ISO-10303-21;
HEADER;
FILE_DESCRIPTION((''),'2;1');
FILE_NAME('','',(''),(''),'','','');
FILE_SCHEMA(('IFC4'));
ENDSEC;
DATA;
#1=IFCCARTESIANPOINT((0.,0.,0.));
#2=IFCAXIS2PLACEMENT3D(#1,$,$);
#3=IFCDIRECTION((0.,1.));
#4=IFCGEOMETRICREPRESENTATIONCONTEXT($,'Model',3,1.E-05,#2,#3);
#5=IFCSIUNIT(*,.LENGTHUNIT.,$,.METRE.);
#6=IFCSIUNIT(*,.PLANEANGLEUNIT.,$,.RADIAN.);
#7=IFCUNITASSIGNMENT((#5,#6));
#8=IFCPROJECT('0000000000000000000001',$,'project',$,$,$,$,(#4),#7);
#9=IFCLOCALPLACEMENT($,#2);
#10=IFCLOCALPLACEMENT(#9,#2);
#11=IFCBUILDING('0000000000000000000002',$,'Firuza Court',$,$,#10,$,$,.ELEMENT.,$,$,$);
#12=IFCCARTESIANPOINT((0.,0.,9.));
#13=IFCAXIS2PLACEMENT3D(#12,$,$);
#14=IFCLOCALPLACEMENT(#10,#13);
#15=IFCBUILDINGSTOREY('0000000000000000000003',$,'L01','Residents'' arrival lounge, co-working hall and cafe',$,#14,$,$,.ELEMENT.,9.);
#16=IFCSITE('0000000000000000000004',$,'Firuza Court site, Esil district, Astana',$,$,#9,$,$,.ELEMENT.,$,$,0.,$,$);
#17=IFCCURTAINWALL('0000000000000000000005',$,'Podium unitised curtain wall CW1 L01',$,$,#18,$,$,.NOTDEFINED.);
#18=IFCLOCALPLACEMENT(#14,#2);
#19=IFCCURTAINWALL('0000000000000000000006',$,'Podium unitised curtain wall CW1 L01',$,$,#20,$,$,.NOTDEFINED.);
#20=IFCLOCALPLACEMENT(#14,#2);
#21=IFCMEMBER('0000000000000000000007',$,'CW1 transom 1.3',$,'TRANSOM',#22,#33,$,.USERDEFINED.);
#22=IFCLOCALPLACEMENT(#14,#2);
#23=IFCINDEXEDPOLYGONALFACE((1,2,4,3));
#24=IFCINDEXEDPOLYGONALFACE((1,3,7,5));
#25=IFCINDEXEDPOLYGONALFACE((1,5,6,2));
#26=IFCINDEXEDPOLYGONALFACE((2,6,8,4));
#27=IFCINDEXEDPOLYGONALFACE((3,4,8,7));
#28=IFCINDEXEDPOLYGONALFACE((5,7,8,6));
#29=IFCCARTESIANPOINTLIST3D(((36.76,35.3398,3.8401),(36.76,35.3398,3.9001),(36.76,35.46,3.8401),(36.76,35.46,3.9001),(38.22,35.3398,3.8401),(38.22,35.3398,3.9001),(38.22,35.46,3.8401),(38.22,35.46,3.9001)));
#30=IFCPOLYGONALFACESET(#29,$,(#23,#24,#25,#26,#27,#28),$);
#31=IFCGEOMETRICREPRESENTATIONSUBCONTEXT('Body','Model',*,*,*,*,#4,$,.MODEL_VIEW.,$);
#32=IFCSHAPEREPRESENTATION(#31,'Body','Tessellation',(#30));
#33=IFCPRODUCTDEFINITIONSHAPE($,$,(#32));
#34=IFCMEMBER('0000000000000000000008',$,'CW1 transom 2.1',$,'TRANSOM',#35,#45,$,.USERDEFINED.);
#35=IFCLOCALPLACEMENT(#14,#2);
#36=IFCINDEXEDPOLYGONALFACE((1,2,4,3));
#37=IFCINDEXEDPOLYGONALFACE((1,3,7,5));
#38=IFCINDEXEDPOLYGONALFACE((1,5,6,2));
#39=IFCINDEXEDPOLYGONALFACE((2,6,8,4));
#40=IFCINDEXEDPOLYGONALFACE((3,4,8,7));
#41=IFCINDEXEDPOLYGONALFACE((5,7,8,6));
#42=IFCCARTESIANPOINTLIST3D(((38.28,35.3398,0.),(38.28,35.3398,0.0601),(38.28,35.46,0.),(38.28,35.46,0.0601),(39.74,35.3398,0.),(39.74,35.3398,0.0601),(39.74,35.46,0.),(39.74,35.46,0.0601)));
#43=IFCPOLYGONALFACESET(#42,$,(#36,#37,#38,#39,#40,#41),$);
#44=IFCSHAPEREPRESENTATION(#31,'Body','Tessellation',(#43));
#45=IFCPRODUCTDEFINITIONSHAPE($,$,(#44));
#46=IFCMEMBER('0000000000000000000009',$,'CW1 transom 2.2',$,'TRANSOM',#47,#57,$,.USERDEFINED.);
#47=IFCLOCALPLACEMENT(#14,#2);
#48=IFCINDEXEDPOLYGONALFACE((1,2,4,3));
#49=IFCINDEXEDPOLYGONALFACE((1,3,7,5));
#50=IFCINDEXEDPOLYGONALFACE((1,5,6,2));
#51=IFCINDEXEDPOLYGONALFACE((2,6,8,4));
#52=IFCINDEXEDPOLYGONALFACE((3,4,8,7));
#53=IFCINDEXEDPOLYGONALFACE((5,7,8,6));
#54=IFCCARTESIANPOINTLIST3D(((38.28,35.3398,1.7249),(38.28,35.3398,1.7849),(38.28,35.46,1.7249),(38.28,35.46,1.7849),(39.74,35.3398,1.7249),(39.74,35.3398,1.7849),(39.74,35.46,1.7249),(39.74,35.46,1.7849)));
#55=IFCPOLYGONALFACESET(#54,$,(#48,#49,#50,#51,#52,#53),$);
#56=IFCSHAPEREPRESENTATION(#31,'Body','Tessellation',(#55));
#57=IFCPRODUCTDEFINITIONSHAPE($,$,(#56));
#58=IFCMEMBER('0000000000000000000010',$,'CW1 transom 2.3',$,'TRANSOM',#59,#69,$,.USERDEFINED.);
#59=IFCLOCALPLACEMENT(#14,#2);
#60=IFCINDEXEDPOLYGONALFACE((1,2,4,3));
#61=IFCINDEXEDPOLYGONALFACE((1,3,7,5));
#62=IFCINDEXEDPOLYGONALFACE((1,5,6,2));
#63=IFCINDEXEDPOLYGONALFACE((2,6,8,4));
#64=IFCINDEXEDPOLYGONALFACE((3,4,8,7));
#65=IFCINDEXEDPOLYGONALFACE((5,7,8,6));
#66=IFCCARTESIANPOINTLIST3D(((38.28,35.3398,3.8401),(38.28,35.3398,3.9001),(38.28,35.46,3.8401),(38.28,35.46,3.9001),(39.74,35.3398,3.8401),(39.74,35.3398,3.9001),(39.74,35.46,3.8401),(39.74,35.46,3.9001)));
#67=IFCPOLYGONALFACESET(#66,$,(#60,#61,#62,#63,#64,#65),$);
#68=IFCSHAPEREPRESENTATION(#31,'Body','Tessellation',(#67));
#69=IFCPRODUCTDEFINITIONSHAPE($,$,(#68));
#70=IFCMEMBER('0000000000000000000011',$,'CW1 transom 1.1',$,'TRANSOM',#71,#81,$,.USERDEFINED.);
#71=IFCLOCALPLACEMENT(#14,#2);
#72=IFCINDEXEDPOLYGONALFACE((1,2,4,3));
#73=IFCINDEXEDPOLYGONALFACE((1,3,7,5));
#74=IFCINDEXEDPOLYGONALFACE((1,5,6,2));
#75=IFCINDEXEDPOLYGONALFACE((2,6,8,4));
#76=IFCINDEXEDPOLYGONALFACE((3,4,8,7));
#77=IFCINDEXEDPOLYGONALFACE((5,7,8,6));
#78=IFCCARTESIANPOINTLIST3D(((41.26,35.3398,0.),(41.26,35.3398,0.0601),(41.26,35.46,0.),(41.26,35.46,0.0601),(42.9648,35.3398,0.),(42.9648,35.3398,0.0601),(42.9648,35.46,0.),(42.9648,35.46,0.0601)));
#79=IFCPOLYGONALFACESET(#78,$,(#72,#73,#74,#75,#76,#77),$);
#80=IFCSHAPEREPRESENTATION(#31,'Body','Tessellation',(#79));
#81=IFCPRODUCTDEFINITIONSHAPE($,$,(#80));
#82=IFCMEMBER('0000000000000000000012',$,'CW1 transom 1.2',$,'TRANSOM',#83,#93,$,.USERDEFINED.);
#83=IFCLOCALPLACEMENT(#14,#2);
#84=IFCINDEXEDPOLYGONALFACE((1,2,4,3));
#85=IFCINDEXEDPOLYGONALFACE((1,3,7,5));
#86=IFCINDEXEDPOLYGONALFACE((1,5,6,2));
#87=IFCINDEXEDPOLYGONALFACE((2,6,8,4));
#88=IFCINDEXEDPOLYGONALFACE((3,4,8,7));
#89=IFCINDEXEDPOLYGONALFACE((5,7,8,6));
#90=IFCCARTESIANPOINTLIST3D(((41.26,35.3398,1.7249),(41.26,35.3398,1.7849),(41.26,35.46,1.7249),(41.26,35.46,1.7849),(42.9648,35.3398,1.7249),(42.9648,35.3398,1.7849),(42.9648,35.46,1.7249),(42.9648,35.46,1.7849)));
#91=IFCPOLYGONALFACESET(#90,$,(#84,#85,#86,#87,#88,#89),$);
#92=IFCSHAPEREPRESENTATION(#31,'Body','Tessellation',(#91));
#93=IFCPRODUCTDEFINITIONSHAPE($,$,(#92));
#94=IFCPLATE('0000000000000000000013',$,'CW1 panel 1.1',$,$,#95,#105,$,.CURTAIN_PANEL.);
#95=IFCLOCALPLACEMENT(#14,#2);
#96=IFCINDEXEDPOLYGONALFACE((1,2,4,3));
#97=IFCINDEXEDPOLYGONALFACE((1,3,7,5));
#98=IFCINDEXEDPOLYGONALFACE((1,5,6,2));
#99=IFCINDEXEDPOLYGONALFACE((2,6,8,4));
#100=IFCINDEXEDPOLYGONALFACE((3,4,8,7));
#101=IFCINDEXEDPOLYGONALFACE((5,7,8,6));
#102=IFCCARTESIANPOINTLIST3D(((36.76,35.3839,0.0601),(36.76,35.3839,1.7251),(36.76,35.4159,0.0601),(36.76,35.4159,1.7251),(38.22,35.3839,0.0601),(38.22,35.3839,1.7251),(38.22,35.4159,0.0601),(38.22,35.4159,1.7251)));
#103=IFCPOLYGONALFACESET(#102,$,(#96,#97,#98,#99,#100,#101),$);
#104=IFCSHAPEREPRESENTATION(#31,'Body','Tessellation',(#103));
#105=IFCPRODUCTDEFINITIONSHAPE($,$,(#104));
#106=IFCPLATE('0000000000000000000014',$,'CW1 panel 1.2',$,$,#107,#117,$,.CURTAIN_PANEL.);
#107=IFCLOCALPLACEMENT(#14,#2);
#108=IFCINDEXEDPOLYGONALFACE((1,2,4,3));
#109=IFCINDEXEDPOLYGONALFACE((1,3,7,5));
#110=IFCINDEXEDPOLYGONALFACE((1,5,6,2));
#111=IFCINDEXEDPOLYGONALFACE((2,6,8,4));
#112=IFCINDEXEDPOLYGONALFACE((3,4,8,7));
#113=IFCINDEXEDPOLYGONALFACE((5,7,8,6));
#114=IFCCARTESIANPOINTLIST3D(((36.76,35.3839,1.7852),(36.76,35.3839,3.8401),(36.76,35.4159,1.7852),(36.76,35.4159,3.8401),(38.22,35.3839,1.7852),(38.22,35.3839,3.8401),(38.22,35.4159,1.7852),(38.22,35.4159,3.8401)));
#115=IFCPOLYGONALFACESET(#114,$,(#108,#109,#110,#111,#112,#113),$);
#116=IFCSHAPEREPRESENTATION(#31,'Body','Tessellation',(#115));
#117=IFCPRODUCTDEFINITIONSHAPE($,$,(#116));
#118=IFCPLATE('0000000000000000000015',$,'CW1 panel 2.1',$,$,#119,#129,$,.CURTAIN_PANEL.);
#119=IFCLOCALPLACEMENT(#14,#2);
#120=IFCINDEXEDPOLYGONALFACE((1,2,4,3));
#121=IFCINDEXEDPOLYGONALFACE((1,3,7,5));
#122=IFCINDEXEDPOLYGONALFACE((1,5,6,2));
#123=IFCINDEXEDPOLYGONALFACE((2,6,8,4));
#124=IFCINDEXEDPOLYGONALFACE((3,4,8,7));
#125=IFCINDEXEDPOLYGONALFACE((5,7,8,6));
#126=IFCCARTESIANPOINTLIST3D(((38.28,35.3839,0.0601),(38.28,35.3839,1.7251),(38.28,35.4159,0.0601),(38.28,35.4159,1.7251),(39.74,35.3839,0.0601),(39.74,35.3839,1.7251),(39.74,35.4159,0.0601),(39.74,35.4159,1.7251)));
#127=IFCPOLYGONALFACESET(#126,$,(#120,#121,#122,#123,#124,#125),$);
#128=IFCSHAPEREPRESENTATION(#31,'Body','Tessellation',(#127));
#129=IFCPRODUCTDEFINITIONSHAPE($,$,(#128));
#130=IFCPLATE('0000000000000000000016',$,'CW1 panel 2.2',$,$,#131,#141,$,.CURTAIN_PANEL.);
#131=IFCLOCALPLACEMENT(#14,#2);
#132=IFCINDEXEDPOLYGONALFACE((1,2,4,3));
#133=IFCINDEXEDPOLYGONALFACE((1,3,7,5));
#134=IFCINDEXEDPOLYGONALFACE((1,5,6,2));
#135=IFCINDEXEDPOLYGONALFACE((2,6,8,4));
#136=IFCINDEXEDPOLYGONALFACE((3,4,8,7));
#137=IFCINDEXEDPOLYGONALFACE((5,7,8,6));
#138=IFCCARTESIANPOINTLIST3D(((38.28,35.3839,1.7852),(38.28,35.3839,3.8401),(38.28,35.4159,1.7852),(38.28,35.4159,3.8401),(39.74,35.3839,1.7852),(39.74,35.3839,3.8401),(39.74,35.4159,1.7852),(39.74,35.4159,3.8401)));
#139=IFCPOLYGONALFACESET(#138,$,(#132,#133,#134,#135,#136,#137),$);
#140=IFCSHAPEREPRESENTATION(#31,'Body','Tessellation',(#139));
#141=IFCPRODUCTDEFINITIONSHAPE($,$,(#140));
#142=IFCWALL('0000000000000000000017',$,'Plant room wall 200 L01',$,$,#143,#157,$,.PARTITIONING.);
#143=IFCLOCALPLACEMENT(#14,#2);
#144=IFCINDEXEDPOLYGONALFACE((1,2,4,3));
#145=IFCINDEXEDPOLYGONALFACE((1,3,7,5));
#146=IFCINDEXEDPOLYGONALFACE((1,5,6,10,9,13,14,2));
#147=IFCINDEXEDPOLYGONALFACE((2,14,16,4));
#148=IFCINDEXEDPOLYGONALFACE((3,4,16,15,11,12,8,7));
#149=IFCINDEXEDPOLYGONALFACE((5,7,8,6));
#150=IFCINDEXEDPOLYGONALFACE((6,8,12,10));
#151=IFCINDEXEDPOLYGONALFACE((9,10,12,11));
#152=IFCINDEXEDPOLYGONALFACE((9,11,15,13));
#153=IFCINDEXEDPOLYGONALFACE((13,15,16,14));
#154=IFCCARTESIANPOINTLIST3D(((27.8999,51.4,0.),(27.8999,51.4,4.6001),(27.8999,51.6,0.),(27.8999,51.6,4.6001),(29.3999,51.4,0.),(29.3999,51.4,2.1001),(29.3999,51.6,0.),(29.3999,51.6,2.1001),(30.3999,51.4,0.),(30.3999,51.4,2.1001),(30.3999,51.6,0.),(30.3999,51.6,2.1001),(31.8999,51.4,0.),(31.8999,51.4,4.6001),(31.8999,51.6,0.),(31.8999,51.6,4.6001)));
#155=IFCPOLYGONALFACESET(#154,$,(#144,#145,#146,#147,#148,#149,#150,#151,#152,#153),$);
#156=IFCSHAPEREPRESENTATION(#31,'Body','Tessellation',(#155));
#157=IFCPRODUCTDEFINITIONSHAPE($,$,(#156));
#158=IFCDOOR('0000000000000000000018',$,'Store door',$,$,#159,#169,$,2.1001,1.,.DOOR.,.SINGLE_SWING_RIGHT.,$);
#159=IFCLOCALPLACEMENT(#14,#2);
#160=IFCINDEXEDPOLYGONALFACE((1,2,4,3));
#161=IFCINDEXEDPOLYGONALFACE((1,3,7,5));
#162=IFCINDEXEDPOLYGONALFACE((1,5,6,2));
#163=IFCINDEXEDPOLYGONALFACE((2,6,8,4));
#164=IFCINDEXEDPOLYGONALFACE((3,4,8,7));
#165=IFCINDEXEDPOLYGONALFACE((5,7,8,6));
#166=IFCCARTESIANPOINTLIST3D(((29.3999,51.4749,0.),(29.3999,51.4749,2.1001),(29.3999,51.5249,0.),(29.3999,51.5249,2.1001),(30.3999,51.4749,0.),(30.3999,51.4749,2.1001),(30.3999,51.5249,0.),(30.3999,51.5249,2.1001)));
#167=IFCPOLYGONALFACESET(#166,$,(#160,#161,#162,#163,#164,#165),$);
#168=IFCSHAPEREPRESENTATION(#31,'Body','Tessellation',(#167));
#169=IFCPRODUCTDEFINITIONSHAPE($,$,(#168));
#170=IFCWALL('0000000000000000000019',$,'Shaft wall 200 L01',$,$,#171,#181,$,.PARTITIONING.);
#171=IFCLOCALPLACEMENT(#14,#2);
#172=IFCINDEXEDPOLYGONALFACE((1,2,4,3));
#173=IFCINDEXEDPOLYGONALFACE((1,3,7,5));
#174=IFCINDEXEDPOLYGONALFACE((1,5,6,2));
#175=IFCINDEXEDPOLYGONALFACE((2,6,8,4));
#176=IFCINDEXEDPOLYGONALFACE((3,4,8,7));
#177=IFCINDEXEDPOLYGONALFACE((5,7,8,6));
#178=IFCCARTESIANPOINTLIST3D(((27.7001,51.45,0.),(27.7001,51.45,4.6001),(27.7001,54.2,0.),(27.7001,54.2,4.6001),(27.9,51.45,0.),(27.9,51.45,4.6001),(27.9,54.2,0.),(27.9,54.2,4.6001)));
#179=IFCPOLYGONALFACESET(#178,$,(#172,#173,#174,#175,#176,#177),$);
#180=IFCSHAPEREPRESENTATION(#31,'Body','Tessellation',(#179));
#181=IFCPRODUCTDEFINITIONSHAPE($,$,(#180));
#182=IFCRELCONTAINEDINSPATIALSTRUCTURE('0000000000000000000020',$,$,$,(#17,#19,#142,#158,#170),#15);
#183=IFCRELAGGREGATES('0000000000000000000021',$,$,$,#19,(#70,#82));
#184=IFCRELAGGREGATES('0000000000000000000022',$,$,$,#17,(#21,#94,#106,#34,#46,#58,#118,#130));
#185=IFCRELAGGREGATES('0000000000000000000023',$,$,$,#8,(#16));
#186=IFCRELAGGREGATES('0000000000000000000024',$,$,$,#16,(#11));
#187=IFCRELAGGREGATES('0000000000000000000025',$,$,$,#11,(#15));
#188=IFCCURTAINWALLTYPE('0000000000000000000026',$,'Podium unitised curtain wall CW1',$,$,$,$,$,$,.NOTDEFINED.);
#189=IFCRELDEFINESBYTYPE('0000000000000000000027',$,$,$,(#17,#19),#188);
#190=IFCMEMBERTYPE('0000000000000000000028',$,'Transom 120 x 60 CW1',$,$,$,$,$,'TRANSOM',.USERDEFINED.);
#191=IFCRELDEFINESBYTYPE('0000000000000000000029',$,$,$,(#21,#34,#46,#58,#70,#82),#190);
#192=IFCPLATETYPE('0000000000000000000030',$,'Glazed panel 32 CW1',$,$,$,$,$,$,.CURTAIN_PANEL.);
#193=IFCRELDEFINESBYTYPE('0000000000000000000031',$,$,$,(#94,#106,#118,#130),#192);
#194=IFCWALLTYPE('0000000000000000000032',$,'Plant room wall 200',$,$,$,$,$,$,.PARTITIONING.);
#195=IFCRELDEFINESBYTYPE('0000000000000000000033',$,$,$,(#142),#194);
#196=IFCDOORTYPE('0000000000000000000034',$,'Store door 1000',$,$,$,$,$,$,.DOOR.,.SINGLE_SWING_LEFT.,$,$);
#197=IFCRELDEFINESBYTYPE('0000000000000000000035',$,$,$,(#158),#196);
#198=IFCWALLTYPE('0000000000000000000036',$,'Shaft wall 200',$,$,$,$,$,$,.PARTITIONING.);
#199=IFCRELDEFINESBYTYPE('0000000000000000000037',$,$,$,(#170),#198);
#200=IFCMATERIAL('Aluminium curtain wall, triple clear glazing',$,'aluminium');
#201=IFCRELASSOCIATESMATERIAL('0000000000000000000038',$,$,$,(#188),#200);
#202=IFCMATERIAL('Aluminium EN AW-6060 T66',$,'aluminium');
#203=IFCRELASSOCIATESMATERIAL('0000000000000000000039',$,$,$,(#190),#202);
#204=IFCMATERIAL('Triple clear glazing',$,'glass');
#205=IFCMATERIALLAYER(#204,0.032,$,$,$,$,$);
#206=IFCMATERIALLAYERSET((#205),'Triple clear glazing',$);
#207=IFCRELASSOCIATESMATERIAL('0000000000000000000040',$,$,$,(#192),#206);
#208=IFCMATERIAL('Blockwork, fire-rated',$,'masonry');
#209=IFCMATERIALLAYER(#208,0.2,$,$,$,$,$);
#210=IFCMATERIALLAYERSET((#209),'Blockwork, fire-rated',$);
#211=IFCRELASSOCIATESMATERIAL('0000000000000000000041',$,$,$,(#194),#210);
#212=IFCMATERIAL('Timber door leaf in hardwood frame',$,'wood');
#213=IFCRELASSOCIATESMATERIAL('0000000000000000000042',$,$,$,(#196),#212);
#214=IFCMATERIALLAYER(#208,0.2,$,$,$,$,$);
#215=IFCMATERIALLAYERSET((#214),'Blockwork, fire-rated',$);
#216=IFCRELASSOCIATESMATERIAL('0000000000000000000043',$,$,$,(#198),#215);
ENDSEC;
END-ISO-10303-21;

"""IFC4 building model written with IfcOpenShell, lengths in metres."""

from ifc_helpers import new_model, si_unit, direction, frame, frame_2d, origin, origin_2d, place, context, subcontext, project, spatial, rectangle, extrude, material, layer, layer_set, material_profile, profile_set, type_object, element, fill, aggregate, save


model = new_model("IFC4")

# Units and contexts
model_context = context("Model", 3, precision=1e-05, world=origin(), true_north=direction((0.0, 1.0)))
body_context = subcontext(model_context, "Body", "Model", "MODEL_VIEW")
ifc_project = project(units=[si_unit("LENGTHUNIT", "METRE"), si_unit("PLANEANGLEUNIT", "RADIAN")], contexts=[model_context])

# Site, building, storey
site_placement = place(None, origin())
site = spatial("IfcSite", under=ifc_project, at=site_placement, Name="Firuza Court site, Esil district, Astana", CompositionType="ELEMENT", RefElevation=0.0)
building_placement = place(site_placement, origin())
building = spatial("IfcBuilding", under=site, at=building_placement, Name="Firuza Court", CompositionType="ELEMENT")
storey_placement = place(building_placement, frame((0.0, 0.0, 9.0)))
storey = spatial("IfcBuildingStorey", under=building, at=storey_placement, Name="L01", Description="Residents' arrival lounge, co-working hall and cafe", CompositionType="ELEMENT", Elevation=9.0)

# Curtain wall
ifc_material_1 = material(Name="Aluminium curtain wall, triple clear glazing", Category="aluminium")
curtain_wall_type = type_object("IfcCurtainWallType", Name="Podium unitised curtain wall CW1", PredefinedType="NOTDEFINED", material=ifc_material_1)
curtain_wall_1_placement = place(storey_placement, origin())
curtain_wall_1 = element("IfcCurtainWall", 1, at=curtain_wall_1_placement, inside=storey, type_object=curtain_wall_type, Name="Podium unitised curtain wall CW1 L01", PredefinedType="NOTDEFINED")

# Curtain wall
curtain_wall_2_placement = place(storey_placement, origin())
curtain_wall_2 = element("IfcCurtainWall", 2, at=curtain_wall_2_placement, inside=storey, type_object=curtain_wall_type, Name="Podium unitised curtain wall CW1 L01", PredefinedType="NOTDEFINED")

# Members
ifc_material_2 = material(Name="Aluminium EN AW-6060 T66", Category="aluminium")
ifc_material_profile_1 = material_profile(ifc_material_2, rectangle(XDim=0.1201, YDim=0.0601, at=origin_2d()), Name="Transom 120 x 60 CW1")
ifc_profile_set_1 = profile_set([ifc_material_profile_1], Name="Aluminium EN AW-6060 T66")
member_type_1 = type_object("IfcMemberType", Name="Transom 120 x 60 CW1", ElementType="TRANSOM", PredefinedType="USERDEFINED", material=ifc_profile_set_1)
member_1_placement = place(storey_placement, frame((36.76, 35.3999, 3.8701), z_axis=(1.0, 0.0, 0.0), x_axis=(0.0, 1.0, 0.0)))
member_1 = element("IfcMember", 3, at=member_1_placement, type_object=member_type_1, Name="CW1 transom 1.3", ObjectType="TRANSOM", PredefinedType="USERDEFINED", context=body_context, shape_type="SweptSolid", body=[
    extrude(rectangle(XDim=0.1201, YDim=0.0601, at=origin_2d()), origin(), (0.0, 0.0, 1.0), 1.46),
])
member_2_placement = place(storey_placement, frame((38.28, 35.3999, 0.03), z_axis=(1.0, 0.0, 0.0), x_axis=(0.0, 1.0, 0.0)))
member_2 = element("IfcMember", 4, at=member_2_placement, type_object=member_type_1, Name="CW1 transom 2.1", ObjectType="TRANSOM", PredefinedType="USERDEFINED", context=body_context, shape_type="SweptSolid", body=[
    extrude(rectangle(XDim=0.1201, YDim=0.0601, at=origin_2d()), origin(), (0.0, 0.0, 1.0), 1.46),
])
member_3_placement = place(storey_placement, frame((38.28, 35.3999, 1.7549), z_axis=(1.0, 0.0, 0.0), x_axis=(0.0, 1.0, 0.0)))
member_3 = element("IfcMember", 5, at=member_3_placement, type_object=member_type_1, Name="CW1 transom 2.2", ObjectType="TRANSOM", PredefinedType="USERDEFINED", context=body_context, shape_type="SweptSolid", body=[
    extrude(rectangle(XDim=0.1201, YDim=0.0601, at=origin_2d()), origin(), (0.0, 0.0, 1.0), 1.46),
])
member_4_placement = place(storey_placement, frame((38.28, 35.3999, 3.8701), z_axis=(1.0, 0.0, 0.0), x_axis=(0.0, 1.0, 0.0)))
member_4 = element("IfcMember", 6, at=member_4_placement, type_object=member_type_1, Name="CW1 transom 2.3", ObjectType="TRANSOM", PredefinedType="USERDEFINED", context=body_context, shape_type="SweptSolid", body=[
    extrude(rectangle(XDim=0.1201, YDim=0.0601, at=origin_2d()), origin(), (0.0, 0.0, 1.0), 1.46),
])
member_5_placement = place(storey_placement, frame((41.26, 35.3999, 0.03), z_axis=(1.0, 0.0, 0.0), x_axis=(0.0, 1.0, 0.0)))
member_5 = element("IfcMember", 7, at=member_5_placement, type_object=member_type_1, Name="CW1 transom 1.1", ObjectType="TRANSOM", PredefinedType="USERDEFINED", context=body_context, shape_type="SweptSolid", body=[
    extrude(rectangle(XDim=0.1201, YDim=0.0601, at=origin_2d()), origin(), (0.0, 0.0, 1.0), 1.7048),
])
member_6_placement = place(storey_placement, frame((41.26, 35.3999, 1.7549), z_axis=(1.0, 0.0, 0.0), x_axis=(0.0, 1.0, 0.0)))
member_6 = element("IfcMember", 8, at=member_6_placement, type_object=member_type_1, Name="CW1 transom 1.2", ObjectType="TRANSOM", PredefinedType="USERDEFINED", context=body_context, shape_type="SweptSolid", body=[
    extrude(rectangle(XDim=0.1201, YDim=0.0601, at=origin_2d()), origin(), (0.0, 0.0, 1.0), 1.7048),
])
aggregate(curtain_wall_2, [member_5, member_6])

# Plates
ifc_material_3 = material(Name="Triple clear glazing", Category="glass")
ifc_layer_1 = layer(ifc_material_3, 0.032)
ifc_layer_set_1 = layer_set([ifc_layer_1], Name="Triple clear glazing")
plate_type = type_object("IfcPlateType", Name="Glazed panel 32 CW1", PredefinedType="CURTAIN_PANEL", material=ifc_layer_set_1)
plate_1_placement = place(storey_placement, frame((37.49, 35.3999, 0.0601), z_axis=(0.0, 0.0, 1.0), x_axis=(1.0, 0.0, 0.0)))
plate_1 = element("IfcPlate", 9, at=plate_1_placement, type_object=plate_type, Name="CW1 panel 1.1", PredefinedType="CURTAIN_PANEL", context=body_context, shape_type="SweptSolid", body=[
    extrude(rectangle(XDim=1.46, YDim=0.032, at=origin_2d()), origin(), (0.0, 0.0, 1.0), 1.665),
])
plate_2_placement = place(storey_placement, frame((37.49, 35.3999, 1.7852), z_axis=(0.0, 0.0, 1.0), x_axis=(1.0, 0.0, 0.0)))
plate_2 = element("IfcPlate", 10, at=plate_2_placement, type_object=plate_type, Name="CW1 panel 1.2", PredefinedType="CURTAIN_PANEL", context=body_context, shape_type="SweptSolid", body=[
    extrude(rectangle(XDim=1.46, YDim=0.032, at=origin_2d()), origin(), (0.0, 0.0, 1.0), 2.0549),
])
plate_3_placement = place(storey_placement, frame((39.01, 35.3999, 0.0601), z_axis=(0.0, 0.0, 1.0), x_axis=(1.0, 0.0, 0.0)))
plate_3 = element("IfcPlate", 11, at=plate_3_placement, type_object=plate_type, Name="CW1 panel 2.1", PredefinedType="CURTAIN_PANEL", context=body_context, shape_type="SweptSolid", body=[
    extrude(rectangle(XDim=1.46, YDim=0.032, at=origin_2d()), origin(), (0.0, 0.0, 1.0), 1.665),
])
plate_4_placement = place(storey_placement, frame((39.01, 35.3999, 1.7852), z_axis=(0.0, 0.0, 1.0), x_axis=(1.0, 0.0, 0.0)))
plate_4 = element("IfcPlate", 12, at=plate_4_placement, type_object=plate_type, Name="CW1 panel 2.2", PredefinedType="CURTAIN_PANEL", context=body_context, shape_type="SweptSolid", body=[
    extrude(rectangle(XDim=1.46, YDim=0.032, at=origin_2d()), origin(), (0.0, 0.0, 1.0), 2.0549),
])
aggregate(curtain_wall_1, [member_1, plate_1, plate_2, member_2, member_3, member_4, plate_3, plate_4])

# Wall, opening, door
ifc_material_4 = material(Name="Blockwork, fire-rated", Category="masonry")
ifc_layer_2 = layer(ifc_material_4, 0.2)
ifc_layer_set_2 = layer_set([ifc_layer_2], Name="Blockwork, fire-rated")
wall_type_1 = type_object("IfcWallType", Name="Plant room wall 200", PredefinedType="PARTITIONING", material=ifc_layer_set_2)
wall_1_placement = place(storey_placement, frame((31.8999, 51.5, 0.0), z_axis=(0.0, 0.0, 1.0), x_axis=(-1.0, 0.0, 0.0)))
wall_1 = element("IfcWall", 13, at=wall_1_placement, inside=storey, type_object=wall_type_1, Name="Plant room wall 200 L01", PredefinedType="PARTITIONING", context=body_context, shape_type="SweptSolid", body=[
    extrude(rectangle(XDim=4.0, YDim=0.2, at=frame_2d((2.0, 0.0))), origin(), (0.0, 0.0, 1.0), 4.6001),
])
opening_placement = place(wall_1_placement, frame((1.5, 0.0, 0.0)))
opening = element("IfcOpeningElement", 14, at=opening_placement, cuts=wall_1, PredefinedType="OPENING", context=body_context, shape_type="SweptSolid", body=[
    extrude(rectangle(XDim=1.0, YDim=2.1001, at=frame_2d((0.5, 1.05))), frame((0.0, 0.1118, 0.0), z_axis=(0.0, -1.0, 0.0), x_axis=(1.0, 0.0, 0.0)), (0.0, 0.0, 1.0), 0.2239),
])
ifc_material_5 = material(Name="Timber door leaf in hardwood frame", Category="wood")
door_type = type_object("IfcDoorType", Name="Store door 1000", OperationType="SINGLE_SWING_LEFT", PredefinedType="DOOR", material=ifc_material_5)
door_placement = place(opening_placement, frame((1.0, 0.0, 0.0), z_axis=(0.0, 0.0, 1.0), x_axis=(-1.0, 0.0, 0.0)))
door = element("IfcDoor", 15, at=door_placement, inside=storey, type_object=door_type, Name="Store door", OperationType="SINGLE_SWING_RIGHT", OverallHeight=2.1001, OverallWidth=1.0, PredefinedType="DOOR", context=body_context, shape_type="SweptSolid", body=[
    extrude(rectangle(XDim=1.0, YDim=2.1001, at=frame_2d((0.5, 1.05))), frame((0.0, 0.0249, 0.0), z_axis=(0.0, -1.0, 0.0), x_axis=(1.0, 0.0, 0.0)), (0.0, 0.0, 1.0), 0.05),
])
fill(opening, door)

# Wall
ifc_layer_3 = layer(ifc_material_4, 0.2)
ifc_layer_set_3 = layer_set([ifc_layer_3], Name="Blockwork, fire-rated")
wall_type_2 = type_object("IfcWallType", Name="Shaft wall 200", PredefinedType="PARTITIONING", material=ifc_layer_set_3)
wall_2_placement = place(storey_placement, frame((27.8, 51.45, 0.0), z_axis=(0.0, 0.0, 1.0), x_axis=(0.0, 1.0, 0.0)))
element("IfcWall", 16, at=wall_2_placement, inside=storey, type_object=wall_type_2, Name="Shaft wall 200 L01", PredefinedType="PARTITIONING", context=body_context, shape_type="SweptSolid", body=[
    extrude(rectangle(XDim=2.75, YDim=0.2, at=frame_2d((1.375, 0.0))), origin(), (0.0, 0.0, 1.0), 4.6001),
])

save(model, "model.ifc")
